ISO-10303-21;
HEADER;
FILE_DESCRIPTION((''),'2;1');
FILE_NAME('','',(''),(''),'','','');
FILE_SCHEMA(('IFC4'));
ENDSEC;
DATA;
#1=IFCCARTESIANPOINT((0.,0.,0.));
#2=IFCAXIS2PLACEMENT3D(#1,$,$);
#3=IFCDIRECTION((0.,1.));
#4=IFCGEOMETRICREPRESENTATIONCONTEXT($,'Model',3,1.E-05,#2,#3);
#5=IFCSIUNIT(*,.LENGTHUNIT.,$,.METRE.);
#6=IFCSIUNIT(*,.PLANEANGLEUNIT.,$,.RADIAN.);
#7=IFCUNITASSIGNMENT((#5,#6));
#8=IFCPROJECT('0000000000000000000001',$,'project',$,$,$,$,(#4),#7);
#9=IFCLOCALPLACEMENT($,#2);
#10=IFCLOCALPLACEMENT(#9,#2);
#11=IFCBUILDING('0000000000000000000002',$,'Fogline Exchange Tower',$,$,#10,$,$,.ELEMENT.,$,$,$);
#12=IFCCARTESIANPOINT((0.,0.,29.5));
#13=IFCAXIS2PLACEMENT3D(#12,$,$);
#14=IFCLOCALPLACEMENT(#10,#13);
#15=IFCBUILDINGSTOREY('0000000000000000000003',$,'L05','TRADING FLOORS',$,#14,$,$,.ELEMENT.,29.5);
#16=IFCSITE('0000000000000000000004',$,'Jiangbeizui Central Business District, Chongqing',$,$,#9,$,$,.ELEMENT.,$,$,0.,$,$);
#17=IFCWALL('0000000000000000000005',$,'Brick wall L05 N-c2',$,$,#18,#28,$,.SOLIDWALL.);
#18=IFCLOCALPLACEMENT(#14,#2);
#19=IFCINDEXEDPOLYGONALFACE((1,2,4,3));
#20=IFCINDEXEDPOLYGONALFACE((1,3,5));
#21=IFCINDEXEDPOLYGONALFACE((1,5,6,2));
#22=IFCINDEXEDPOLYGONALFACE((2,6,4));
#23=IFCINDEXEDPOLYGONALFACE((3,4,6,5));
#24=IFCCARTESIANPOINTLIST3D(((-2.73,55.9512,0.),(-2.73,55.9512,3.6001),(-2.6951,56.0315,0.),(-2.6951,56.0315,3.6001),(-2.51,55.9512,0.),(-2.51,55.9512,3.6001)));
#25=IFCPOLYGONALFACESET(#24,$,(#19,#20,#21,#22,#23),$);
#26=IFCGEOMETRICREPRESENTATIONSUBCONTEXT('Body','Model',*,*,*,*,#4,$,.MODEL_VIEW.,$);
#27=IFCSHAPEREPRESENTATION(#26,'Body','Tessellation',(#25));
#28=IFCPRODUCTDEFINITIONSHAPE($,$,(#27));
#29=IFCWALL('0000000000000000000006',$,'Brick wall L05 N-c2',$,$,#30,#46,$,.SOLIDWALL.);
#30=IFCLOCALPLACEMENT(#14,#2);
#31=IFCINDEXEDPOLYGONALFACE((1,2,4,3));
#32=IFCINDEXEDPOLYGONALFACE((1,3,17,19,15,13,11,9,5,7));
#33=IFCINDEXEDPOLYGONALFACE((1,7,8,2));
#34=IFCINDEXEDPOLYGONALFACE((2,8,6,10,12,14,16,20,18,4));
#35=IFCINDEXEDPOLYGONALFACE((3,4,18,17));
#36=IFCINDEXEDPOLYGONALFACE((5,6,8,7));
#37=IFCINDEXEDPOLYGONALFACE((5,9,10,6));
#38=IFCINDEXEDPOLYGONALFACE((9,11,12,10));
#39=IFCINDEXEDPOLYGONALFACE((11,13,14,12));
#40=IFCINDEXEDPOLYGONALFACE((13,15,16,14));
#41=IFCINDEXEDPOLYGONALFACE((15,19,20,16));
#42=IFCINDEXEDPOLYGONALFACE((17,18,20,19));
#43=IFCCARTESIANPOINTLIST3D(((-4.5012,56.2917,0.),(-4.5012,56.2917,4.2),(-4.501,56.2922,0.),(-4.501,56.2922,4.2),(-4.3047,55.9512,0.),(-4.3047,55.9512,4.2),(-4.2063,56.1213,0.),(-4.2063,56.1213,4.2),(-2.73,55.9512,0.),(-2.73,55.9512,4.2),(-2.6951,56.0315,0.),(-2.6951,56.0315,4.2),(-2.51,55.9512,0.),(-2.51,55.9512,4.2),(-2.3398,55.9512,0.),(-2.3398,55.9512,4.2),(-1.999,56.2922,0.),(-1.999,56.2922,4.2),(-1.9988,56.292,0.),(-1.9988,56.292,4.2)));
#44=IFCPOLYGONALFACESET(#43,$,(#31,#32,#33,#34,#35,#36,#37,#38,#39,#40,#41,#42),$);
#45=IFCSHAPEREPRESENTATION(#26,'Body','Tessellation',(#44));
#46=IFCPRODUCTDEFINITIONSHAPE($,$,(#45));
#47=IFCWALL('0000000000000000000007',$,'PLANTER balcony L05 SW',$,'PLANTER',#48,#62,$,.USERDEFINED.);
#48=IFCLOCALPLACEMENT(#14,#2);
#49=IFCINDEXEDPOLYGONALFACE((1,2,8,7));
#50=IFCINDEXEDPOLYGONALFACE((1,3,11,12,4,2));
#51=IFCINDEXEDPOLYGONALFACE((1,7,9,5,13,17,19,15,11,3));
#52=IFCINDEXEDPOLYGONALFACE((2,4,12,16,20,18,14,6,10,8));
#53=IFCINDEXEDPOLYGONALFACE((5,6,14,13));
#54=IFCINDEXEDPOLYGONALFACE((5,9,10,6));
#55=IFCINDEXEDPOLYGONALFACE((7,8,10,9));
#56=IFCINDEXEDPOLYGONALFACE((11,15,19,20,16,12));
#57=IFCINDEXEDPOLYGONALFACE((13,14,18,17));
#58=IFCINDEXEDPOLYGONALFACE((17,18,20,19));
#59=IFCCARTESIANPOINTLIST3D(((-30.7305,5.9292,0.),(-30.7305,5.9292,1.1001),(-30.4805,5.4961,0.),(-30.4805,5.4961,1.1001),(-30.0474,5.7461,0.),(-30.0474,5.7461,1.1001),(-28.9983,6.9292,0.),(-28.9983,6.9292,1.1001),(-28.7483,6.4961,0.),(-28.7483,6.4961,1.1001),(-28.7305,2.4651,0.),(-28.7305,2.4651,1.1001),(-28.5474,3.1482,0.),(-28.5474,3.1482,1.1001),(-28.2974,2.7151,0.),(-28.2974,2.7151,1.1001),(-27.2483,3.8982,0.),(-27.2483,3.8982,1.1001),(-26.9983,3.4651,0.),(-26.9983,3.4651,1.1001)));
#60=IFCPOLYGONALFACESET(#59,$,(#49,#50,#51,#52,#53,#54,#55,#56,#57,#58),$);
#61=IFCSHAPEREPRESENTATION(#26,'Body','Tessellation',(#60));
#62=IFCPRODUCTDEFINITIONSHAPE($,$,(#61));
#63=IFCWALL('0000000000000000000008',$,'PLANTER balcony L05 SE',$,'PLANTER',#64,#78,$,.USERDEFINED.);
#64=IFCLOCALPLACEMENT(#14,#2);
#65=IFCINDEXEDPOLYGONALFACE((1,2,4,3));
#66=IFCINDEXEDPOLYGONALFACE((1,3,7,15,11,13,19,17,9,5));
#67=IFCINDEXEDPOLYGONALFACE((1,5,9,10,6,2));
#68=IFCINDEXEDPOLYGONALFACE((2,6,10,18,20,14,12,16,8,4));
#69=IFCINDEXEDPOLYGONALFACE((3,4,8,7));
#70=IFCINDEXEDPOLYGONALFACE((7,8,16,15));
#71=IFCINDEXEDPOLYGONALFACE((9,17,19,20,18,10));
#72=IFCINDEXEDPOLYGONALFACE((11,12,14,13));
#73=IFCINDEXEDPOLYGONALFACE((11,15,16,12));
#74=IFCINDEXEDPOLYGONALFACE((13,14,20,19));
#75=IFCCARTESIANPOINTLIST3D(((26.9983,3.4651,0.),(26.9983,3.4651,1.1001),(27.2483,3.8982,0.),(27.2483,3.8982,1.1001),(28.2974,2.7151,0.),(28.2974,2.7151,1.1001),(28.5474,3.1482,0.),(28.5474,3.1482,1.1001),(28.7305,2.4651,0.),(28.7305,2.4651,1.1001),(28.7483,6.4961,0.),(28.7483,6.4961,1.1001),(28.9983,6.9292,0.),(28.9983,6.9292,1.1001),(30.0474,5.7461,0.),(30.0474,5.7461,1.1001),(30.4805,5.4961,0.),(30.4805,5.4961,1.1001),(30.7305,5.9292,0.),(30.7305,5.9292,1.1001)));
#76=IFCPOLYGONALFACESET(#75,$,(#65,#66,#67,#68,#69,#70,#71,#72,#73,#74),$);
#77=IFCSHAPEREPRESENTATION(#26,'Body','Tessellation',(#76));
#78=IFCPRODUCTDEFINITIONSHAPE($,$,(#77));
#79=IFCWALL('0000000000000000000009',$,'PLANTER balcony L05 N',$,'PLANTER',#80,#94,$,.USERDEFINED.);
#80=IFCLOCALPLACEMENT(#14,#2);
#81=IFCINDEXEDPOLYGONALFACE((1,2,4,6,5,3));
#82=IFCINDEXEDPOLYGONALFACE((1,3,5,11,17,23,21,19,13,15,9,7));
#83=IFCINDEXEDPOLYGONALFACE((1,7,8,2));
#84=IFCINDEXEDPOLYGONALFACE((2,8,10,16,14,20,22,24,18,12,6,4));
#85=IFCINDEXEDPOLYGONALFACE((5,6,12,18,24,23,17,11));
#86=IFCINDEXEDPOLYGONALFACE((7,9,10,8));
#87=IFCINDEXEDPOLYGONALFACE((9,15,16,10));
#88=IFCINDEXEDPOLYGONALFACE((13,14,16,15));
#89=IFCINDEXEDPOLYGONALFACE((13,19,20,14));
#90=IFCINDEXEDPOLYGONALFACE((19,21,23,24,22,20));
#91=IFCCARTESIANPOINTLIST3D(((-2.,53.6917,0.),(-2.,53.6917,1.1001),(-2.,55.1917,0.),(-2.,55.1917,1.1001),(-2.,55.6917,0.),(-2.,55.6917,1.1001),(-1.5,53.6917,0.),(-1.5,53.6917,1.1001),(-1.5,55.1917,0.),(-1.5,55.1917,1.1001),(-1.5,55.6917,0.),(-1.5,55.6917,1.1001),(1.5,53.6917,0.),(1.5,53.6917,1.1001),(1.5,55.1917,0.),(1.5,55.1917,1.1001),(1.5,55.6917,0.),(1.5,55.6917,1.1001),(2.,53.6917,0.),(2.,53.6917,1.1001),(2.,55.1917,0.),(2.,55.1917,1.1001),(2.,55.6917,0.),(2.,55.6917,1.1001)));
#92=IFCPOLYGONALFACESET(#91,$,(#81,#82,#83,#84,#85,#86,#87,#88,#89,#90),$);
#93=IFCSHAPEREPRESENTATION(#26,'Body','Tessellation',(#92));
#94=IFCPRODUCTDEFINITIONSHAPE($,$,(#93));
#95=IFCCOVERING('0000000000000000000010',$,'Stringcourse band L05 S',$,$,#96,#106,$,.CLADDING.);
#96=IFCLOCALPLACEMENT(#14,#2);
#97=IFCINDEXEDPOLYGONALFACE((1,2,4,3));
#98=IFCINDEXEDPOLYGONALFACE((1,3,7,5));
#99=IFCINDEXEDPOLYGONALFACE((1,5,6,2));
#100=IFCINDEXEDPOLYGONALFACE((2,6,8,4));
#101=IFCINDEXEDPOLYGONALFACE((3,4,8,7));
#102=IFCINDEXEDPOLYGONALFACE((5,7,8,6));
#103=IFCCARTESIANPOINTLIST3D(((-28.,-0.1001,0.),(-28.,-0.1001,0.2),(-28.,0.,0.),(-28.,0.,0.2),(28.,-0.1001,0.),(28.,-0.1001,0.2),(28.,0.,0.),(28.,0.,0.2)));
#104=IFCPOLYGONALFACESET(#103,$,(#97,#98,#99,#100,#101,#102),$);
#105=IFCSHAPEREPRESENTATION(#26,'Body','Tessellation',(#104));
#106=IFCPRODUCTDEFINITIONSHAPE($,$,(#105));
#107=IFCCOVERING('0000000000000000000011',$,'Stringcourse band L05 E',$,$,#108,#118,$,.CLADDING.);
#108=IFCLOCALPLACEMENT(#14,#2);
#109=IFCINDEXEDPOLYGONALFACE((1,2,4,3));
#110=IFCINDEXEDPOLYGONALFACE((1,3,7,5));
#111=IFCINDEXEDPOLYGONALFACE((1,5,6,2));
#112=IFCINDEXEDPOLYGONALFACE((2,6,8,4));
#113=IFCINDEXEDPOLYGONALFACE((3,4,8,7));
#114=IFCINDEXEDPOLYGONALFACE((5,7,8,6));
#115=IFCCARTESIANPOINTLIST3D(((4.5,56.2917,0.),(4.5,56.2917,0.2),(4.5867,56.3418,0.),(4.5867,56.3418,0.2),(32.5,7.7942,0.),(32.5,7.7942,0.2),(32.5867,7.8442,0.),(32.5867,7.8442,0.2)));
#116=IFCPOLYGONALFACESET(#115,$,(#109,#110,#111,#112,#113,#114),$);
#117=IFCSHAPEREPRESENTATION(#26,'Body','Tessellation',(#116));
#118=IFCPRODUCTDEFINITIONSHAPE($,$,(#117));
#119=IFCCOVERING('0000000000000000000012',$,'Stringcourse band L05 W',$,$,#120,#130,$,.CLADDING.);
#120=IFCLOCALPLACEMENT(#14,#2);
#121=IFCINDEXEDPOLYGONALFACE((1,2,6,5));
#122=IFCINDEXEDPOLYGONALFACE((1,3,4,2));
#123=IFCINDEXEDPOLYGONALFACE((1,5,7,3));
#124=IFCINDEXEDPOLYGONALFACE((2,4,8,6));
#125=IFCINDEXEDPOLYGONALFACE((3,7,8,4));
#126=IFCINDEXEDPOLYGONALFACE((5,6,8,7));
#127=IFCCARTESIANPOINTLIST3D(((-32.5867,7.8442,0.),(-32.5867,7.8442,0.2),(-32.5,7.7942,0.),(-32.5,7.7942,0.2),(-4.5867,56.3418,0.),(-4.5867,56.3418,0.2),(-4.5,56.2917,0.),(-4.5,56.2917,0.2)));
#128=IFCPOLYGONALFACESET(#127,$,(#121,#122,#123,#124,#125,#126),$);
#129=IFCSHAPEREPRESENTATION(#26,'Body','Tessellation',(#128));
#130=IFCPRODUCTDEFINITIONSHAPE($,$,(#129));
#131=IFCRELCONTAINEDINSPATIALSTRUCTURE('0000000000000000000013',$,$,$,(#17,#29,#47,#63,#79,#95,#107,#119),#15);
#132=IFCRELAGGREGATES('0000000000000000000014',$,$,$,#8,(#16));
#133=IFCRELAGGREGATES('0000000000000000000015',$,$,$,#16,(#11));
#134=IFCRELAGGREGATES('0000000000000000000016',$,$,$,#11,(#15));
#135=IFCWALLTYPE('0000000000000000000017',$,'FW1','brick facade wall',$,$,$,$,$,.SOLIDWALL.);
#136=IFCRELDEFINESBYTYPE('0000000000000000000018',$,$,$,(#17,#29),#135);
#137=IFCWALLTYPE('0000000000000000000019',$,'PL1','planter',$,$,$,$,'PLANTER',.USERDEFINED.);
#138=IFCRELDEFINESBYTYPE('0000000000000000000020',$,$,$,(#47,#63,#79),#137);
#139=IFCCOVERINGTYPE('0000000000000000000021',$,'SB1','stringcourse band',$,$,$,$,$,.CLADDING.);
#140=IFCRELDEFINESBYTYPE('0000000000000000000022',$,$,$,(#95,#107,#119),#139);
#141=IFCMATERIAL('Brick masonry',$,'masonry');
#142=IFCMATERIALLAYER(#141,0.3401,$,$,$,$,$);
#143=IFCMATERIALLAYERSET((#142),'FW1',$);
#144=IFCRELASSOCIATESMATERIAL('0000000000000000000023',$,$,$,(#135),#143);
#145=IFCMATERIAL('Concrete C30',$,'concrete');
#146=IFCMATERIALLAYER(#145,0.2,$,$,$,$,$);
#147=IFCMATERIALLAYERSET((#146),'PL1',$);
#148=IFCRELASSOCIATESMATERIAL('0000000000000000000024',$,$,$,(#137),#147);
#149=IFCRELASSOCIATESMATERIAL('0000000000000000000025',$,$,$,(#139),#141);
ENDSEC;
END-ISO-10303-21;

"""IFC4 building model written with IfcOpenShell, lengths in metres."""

from ifc_helpers import new_model, si_unit, direction, frame, origin, place, context, subcontext, project, spatial, polyline, outline, extrude, material, layer, layer_set, type_object, element, save


model = new_model("IFC4")

# Units and contexts
model_context = context("Model", 3, precision=1e-05, world=origin(), true_north=direction((0.0, 1.0)))
body_context = subcontext(model_context, "Body", "Model", "MODEL_VIEW")
ifc_project = project(units=[si_unit("LENGTHUNIT", "METRE"), si_unit("PLANEANGLEUNIT", "RADIAN")], contexts=[model_context])

# Site, building, storey
site_placement = place(None, origin())
site = spatial("IfcSite", under=ifc_project, at=site_placement, Name="Jiangbeizui Central Business District, Chongqing", CompositionType="ELEMENT", RefElevation=0.0)
building_placement = place(site_placement, origin())
building = spatial("IfcBuilding", under=site, at=building_placement, Name="Fogline Exchange Tower", CompositionType="ELEMENT")
storey_placement = place(building_placement, frame((0.0, 0.0, 29.5)))
storey = spatial("IfcBuildingStorey", under=building, at=storey_placement, Name="L05", Description="TRADING FLOORS", CompositionType="ELEMENT", Elevation=29.5)

# Walls
ifc_material_1 = material(Name="Brick masonry", Category="masonry")
ifc_layer_1 = layer(ifc_material_1, 0.3401)
ifc_layer_set_1 = layer_set([ifc_layer_1], Name="FW1")
wall_type_1 = type_object("IfcWallType", Name="FW1", Description="brick facade wall", PredefinedType="SOLIDWALL", material=ifc_layer_set_1)
wall_1_placement = place(storey_placement, origin())
element("IfcWall", 1, at=wall_1_placement, inside=storey, type_object=wall_type_1, Name="Brick wall L05 N-c2", PredefinedType="SOLIDWALL", context=body_context, shape_type="SweptSolid", body=[
    extrude(outline(polyline([(-2.73, 55.9512), (-2.6951, 56.0315), (-2.51, 55.9512), (-2.73, 55.9512)])), origin(), (0.0, 0.0, 1.0), 3.6001),
])
wall_2_placement = place(storey_placement, origin())
element("IfcWall", 2, at=wall_2_placement, inside=storey, type_object=wall_type_1, Name="Brick wall L05 N-c2", PredefinedType="SOLIDWALL", context=body_context, shape_type="SweptSolid", body=[
    extrude(outline(polyline([(-4.2063, 56.1213), (-4.5012, 56.2917), (-4.501, 56.2922), (-1.999, 56.2922), (-1.9988, 56.292), (-2.3398, 55.9512), (-2.51, 55.9512), (-2.6951, 56.0315), (-2.73, 55.9512), (-4.3047, 55.9512), (-4.2063, 56.1213)])), origin(), (0.0, 0.0, 1.0), 4.2),
])
ifc_material_2 = material(Name="Concrete C30", Category="concrete")
ifc_layer_2 = layer(ifc_material_2, 0.2)
ifc_layer_set_2 = layer_set([ifc_layer_2], Name="PL1")
wall_type_2 = type_object("IfcWallType", Name="PL1", Description="planter", ElementType="PLANTER", PredefinedType="USERDEFINED", material=ifc_layer_set_2)
wall_3_placement = place(storey_placement, origin())
element("IfcWall", 3, at=wall_3_placement, inside=storey, type_object=wall_type_2, Name="PLANTER balcony L05 SW", ObjectType="PLANTER", PredefinedType="USERDEFINED", context=body_context, shape_type="SweptSolid", body=[
    extrude(outline(polyline([(-27.2483, 3.8982), (-28.5474, 3.1482), (-30.0474, 5.7461), (-28.7483, 6.4961), (-28.9983, 6.9292), (-30.7305, 5.9292), (-30.4805, 5.4961), (-28.7305, 2.4651), (-28.2974, 2.7151), (-28.2974, 2.7151), (-26.9983, 3.4651), (-27.2483, 3.8982)])), origin(), (0.0, 0.0, 1.0), 1.1001),
])
wall_4_placement = place(storey_placement, origin())
element("IfcWall", 4, at=wall_4_placement, inside=storey, type_object=wall_type_2, Name="PLANTER balcony L05 SE", ObjectType="PLANTER", PredefinedType="USERDEFINED", context=body_context, shape_type="SweptSolid", body=[
    extrude(outline(polyline([(26.9983, 3.4651), (28.2974, 2.7151), (28.2974, 2.7151), (28.7305, 2.4651), (30.4805, 5.4961), (30.7305, 5.9292), (28.9983, 6.9292), (28.7483, 6.4961), (30.0474, 5.7461), (28.5474, 3.1482), (27.2483, 3.8982), (26.9983, 3.4651)])), origin(), (0.0, 0.0, 1.0), 1.1001),
])
wall_5_placement = place(storey_placement, origin())
element("IfcWall", 5, at=wall_5_placement, inside=storey, type_object=wall_type_2, Name="PLANTER balcony L05 N", ObjectType="PLANTER", PredefinedType="USERDEFINED", context=body_context, shape_type="SweptSolid", body=[
    extrude(outline(polyline([(-1.5, 55.6917), (-2.0, 55.6917), (-2.0, 55.1917), (-2.0, 53.6917), (-1.5, 53.6917), (-1.5, 55.1917), (1.5, 55.1917), (1.5, 53.6917), (2.0, 53.6917), (2.0, 55.1917), (2.0, 55.6917), (1.5, 55.6917), (-1.5, 55.6917)])), origin(), (0.0, 0.0, 1.0), 1.1001),
])

# Coverings
covering_type = type_object("IfcCoveringType", Name="SB1", Description="stringcourse band", PredefinedType="CLADDING", material=ifc_material_1)
covering_1_placement = place(storey_placement, origin())
element("IfcCovering", 6, at=covering_1_placement, inside=storey, type_object=covering_type, Name="Stringcourse band L05 S", PredefinedType="CLADDING", context=body_context, shape_type="SweptSolid", body=[
    extrude(outline(polyline([(-28.0, 0.0), (-28.0, -0.1001), (28.0, -0.1001), (28.0, 0.0), (-28.0, 0.0)])), origin(), (0.0, 0.0, 1.0), 0.2),
])
covering_2_placement = place(storey_placement, origin())
element("IfcCovering", 7, at=covering_2_placement, inside=storey, type_object=covering_type, Name="Stringcourse band L05 E", PredefinedType="CLADDING", context=body_context, shape_type="SweptSolid", body=[
    extrude(outline(polyline([(32.5, 7.7942), (32.5867, 7.8442), (4.5867, 56.3418), (4.5, 56.2917), (32.5, 7.7942)])), origin(), (0.0, 0.0, 1.0), 0.2),
])
covering_3_placement = place(storey_placement, origin())
element("IfcCovering", 8, at=covering_3_placement, inside=storey, type_object=covering_type, Name="Stringcourse band L05 W", PredefinedType="CLADDING", context=body_context, shape_type="SweptSolid", body=[
    extrude(outline(polyline([(-4.5, 56.2917), (-4.5867, 56.3418), (-32.5867, 7.8442), (-32.5, 7.7942), (-4.5, 56.2917)])), origin(), (0.0, 0.0, 1.0), 0.2),
])

save(model, "model.ifc")
